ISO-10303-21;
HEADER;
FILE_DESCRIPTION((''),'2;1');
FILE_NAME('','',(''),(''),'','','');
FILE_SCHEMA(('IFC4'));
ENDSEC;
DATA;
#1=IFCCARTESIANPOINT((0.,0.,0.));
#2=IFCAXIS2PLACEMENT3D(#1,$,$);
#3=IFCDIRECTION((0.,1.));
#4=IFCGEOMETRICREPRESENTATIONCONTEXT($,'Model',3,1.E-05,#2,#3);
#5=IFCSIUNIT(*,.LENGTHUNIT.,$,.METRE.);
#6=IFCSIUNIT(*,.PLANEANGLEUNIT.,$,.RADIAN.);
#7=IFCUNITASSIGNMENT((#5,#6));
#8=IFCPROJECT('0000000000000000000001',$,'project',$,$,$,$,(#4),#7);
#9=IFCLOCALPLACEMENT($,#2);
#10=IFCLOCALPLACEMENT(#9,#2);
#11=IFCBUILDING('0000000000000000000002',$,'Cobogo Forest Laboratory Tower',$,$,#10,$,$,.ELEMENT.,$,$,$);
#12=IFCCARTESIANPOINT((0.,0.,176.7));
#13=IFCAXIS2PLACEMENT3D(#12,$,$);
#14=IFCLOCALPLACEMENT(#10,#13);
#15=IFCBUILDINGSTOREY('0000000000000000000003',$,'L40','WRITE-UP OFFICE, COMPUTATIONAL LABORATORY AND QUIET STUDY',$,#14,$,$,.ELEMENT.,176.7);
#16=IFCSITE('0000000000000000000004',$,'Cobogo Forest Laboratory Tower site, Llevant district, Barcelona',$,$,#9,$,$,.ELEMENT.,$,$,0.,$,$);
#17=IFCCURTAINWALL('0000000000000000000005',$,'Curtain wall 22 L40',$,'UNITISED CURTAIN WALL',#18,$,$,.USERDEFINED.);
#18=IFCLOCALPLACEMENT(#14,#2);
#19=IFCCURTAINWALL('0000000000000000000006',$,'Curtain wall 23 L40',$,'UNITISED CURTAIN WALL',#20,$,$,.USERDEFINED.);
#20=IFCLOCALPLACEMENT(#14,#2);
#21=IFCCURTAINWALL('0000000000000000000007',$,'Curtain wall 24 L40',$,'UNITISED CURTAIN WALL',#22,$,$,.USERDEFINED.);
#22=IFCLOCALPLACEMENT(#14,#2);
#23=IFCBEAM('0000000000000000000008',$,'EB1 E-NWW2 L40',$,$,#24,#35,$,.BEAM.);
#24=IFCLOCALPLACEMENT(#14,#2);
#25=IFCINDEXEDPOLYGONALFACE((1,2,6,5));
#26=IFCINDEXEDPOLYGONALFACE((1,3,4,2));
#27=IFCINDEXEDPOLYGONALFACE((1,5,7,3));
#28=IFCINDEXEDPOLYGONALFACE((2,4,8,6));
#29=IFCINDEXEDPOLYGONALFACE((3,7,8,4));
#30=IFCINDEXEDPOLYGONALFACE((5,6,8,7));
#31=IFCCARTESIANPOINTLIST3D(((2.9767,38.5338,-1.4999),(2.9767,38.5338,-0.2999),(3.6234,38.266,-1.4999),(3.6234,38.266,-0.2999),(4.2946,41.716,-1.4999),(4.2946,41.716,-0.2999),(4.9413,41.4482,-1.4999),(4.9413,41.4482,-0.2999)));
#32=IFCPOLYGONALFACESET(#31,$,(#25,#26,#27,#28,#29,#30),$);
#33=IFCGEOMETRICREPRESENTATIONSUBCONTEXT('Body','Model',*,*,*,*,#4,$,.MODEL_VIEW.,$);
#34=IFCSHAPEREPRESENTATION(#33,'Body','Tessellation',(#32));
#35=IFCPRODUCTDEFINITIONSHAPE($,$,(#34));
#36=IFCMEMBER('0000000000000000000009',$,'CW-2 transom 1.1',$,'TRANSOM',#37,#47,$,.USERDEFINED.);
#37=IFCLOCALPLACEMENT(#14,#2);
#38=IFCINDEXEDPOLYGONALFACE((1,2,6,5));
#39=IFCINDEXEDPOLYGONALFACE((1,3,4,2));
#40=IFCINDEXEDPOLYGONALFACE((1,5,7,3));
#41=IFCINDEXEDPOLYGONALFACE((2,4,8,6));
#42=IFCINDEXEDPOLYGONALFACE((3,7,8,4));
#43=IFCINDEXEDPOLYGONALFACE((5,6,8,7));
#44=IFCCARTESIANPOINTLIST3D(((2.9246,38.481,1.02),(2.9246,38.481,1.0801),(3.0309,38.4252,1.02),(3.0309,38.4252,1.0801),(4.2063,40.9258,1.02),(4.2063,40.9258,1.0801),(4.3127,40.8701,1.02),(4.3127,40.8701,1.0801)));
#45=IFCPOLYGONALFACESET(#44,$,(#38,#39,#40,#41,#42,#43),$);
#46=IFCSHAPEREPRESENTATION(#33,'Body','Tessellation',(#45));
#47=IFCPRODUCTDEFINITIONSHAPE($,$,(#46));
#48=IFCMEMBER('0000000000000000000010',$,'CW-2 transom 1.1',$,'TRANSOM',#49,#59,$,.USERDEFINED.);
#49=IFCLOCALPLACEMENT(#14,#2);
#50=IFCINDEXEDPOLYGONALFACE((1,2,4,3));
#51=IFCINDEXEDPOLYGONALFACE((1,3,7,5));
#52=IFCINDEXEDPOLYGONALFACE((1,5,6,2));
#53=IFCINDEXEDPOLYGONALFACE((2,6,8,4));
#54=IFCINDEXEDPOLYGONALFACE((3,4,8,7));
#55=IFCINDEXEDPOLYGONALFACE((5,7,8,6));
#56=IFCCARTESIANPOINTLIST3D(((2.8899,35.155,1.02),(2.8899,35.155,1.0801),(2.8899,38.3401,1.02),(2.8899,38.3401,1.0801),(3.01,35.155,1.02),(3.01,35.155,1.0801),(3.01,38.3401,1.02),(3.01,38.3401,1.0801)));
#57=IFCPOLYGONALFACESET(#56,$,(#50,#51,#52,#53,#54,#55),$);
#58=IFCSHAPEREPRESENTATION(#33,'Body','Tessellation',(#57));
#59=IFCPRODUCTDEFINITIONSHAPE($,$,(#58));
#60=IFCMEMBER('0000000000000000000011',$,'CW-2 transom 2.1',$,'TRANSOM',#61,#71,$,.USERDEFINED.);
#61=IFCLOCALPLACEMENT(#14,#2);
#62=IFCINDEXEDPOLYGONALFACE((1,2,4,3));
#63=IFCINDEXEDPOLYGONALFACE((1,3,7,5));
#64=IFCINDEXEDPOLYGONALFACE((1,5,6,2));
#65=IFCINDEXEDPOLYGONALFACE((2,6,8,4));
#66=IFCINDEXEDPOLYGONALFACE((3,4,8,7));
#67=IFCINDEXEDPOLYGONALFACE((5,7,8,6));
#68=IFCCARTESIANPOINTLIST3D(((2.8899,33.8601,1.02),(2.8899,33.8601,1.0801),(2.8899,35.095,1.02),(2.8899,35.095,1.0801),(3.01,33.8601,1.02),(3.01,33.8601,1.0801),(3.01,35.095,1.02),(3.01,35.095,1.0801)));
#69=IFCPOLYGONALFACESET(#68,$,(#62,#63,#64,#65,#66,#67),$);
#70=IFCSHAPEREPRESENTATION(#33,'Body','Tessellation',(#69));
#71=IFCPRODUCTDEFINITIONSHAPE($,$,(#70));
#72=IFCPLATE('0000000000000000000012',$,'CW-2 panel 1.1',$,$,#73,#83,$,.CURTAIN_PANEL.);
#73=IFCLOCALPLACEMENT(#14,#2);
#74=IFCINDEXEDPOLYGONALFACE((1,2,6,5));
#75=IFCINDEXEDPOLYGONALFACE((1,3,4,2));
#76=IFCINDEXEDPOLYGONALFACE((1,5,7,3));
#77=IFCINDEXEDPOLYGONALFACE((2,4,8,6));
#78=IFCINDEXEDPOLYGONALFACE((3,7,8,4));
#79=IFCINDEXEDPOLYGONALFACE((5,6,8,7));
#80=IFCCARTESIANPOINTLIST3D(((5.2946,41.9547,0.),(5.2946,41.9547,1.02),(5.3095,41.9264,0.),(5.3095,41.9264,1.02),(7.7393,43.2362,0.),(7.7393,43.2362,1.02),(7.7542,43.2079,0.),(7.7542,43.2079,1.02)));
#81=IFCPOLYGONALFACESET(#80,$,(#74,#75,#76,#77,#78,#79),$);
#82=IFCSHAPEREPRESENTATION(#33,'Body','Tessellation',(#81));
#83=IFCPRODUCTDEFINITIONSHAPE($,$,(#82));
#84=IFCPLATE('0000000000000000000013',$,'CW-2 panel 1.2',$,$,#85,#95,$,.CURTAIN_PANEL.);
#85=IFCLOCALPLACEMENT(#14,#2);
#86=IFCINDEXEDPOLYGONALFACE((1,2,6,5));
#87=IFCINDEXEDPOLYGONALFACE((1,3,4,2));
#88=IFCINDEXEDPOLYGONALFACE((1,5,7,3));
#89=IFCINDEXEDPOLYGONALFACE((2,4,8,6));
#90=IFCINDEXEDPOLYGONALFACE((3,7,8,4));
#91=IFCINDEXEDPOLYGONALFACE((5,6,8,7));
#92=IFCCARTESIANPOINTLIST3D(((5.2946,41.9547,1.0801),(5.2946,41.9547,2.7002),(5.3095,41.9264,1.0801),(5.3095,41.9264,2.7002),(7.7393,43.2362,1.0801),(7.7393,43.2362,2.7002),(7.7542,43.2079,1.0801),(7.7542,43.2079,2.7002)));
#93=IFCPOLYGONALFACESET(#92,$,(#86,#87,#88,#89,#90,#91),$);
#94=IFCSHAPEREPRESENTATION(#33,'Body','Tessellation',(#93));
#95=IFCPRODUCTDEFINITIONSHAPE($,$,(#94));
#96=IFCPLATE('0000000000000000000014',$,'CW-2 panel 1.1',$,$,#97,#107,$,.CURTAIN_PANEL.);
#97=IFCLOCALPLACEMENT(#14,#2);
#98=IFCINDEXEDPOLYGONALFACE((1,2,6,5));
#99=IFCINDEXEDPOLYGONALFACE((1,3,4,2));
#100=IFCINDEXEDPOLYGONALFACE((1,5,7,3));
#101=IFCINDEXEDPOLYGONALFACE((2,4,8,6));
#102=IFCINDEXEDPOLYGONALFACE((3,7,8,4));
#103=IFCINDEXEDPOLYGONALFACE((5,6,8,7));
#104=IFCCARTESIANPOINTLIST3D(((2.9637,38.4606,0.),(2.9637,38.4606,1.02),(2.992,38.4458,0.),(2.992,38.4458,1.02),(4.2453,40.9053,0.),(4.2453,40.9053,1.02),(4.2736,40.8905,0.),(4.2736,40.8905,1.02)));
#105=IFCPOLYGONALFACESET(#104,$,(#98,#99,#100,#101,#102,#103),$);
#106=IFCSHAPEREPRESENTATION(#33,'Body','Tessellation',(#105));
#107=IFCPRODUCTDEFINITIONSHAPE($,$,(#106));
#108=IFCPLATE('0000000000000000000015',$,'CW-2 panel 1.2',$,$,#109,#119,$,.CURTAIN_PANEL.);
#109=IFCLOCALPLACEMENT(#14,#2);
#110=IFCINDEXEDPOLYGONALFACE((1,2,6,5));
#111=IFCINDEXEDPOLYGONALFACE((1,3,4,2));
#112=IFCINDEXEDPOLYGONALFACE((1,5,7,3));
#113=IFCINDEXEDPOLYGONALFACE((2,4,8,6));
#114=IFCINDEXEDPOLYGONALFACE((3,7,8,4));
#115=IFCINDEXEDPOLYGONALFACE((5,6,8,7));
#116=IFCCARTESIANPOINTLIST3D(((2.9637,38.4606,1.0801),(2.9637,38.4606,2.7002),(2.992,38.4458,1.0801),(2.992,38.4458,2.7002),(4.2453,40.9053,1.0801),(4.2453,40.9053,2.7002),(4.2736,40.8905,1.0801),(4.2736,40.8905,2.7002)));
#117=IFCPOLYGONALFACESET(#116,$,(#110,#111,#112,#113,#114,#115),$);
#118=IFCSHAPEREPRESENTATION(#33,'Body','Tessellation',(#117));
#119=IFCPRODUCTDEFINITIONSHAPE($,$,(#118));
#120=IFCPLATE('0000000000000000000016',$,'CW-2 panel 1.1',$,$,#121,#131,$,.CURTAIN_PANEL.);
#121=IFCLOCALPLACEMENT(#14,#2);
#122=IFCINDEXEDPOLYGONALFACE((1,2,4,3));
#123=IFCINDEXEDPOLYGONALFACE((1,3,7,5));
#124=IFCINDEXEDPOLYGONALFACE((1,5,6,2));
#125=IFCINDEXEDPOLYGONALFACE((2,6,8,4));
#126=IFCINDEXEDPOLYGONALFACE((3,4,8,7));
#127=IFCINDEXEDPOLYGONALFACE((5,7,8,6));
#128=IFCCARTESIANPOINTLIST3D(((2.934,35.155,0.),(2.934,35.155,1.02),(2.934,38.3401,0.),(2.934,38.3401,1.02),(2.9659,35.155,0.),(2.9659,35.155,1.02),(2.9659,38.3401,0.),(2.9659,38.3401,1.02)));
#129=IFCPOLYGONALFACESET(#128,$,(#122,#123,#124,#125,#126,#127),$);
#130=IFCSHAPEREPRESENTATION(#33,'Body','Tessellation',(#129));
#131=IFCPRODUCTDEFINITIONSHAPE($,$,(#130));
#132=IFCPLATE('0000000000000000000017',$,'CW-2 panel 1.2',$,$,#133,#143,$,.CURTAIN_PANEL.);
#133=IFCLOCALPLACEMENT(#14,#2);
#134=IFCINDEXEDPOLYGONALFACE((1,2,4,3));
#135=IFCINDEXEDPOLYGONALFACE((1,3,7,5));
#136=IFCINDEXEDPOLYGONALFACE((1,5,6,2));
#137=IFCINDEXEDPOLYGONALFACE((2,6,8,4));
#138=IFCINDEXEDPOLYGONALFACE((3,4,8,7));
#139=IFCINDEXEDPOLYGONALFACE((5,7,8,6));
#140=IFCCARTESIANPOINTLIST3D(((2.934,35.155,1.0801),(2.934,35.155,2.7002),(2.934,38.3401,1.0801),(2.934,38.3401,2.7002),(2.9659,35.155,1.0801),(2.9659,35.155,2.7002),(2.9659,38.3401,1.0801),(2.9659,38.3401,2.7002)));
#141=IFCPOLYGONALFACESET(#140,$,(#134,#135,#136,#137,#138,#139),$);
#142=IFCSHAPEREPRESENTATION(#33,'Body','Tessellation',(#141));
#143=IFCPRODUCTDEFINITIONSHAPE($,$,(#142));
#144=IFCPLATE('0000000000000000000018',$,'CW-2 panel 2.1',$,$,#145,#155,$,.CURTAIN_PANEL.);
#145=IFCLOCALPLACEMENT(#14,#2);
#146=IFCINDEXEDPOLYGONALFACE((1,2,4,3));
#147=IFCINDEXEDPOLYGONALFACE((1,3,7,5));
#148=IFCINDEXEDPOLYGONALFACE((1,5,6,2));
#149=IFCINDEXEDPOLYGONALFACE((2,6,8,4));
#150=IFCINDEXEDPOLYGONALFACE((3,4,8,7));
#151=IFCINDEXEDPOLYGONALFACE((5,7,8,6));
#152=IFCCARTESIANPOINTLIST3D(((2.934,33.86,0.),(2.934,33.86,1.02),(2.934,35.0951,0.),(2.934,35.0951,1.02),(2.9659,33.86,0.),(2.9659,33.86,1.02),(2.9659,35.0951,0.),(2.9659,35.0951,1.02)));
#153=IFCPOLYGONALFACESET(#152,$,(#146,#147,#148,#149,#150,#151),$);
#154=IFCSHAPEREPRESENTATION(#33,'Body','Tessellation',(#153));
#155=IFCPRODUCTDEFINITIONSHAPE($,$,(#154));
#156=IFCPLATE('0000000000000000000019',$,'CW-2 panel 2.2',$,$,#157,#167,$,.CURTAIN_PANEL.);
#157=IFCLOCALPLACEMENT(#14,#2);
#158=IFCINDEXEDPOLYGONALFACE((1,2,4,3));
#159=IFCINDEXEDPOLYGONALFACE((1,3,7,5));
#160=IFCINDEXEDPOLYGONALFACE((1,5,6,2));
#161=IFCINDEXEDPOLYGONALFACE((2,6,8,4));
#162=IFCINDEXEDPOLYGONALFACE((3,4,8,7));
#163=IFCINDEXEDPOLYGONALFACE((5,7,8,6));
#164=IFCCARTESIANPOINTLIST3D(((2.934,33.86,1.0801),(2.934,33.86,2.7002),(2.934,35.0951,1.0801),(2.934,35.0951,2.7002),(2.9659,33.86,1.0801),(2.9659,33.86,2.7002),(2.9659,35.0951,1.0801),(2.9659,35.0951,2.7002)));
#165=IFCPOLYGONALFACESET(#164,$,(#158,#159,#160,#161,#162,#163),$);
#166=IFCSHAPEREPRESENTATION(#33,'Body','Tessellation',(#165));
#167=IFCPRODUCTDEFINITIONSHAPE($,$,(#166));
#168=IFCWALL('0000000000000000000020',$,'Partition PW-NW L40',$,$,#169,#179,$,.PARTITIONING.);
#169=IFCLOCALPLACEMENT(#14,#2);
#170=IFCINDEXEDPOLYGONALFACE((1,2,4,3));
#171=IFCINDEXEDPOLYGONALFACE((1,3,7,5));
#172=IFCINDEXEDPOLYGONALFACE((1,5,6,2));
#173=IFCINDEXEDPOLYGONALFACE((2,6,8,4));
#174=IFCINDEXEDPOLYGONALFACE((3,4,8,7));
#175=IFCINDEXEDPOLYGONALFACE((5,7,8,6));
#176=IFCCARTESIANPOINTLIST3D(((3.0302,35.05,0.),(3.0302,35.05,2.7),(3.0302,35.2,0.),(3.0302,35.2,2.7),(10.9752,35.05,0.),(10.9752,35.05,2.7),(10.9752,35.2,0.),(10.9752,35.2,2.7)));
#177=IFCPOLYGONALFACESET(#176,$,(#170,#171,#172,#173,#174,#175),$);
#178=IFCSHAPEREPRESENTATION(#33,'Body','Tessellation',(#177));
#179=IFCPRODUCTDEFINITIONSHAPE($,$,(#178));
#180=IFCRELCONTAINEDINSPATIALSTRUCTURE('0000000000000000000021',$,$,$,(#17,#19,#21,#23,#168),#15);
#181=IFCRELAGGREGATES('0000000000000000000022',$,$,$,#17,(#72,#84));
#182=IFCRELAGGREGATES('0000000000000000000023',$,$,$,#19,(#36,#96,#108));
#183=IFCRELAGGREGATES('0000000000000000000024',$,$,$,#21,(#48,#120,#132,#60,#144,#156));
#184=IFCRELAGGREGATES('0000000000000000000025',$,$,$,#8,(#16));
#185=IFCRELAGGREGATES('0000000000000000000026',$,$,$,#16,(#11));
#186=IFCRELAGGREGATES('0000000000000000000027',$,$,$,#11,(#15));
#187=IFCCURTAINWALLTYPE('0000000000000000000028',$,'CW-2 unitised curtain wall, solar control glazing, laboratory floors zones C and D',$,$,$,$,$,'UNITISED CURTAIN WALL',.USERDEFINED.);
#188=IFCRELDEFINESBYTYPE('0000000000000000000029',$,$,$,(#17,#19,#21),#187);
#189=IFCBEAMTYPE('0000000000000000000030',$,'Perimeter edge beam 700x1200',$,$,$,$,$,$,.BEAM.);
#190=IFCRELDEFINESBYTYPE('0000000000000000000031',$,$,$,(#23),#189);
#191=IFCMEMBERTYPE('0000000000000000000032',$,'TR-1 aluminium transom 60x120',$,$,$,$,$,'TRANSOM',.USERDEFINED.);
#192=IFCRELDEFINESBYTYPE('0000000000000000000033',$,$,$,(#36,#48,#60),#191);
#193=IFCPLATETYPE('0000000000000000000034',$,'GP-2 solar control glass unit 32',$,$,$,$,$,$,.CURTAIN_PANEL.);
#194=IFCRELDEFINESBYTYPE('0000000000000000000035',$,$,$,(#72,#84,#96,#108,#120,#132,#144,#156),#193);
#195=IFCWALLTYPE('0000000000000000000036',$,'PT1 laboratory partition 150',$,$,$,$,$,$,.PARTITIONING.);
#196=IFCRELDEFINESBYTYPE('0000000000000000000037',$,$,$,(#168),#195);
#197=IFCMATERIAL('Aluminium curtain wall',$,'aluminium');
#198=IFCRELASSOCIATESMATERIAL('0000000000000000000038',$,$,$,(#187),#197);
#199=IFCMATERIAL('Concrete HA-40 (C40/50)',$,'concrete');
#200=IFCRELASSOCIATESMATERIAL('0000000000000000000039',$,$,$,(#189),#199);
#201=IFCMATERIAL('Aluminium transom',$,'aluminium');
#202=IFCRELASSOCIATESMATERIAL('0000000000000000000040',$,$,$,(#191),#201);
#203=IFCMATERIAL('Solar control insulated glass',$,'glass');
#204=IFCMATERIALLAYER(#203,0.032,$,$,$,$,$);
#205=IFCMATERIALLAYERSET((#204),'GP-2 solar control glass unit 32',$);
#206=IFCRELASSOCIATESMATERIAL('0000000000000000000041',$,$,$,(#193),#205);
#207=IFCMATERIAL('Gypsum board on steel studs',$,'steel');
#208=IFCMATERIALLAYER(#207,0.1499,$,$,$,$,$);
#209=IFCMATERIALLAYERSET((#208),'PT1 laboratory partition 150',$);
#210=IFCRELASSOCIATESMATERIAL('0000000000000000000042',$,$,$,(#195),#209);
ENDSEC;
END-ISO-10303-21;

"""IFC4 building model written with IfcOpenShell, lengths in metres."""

from ifc_helpers import new_model, si_unit, direction, frame, frame_2d, origin, origin_2d, place, context, subcontext, project, spatial, rectangle, extrude, material, layer, layer_set, material_profile, profile_set, type_object, element, aggregate, save


model = new_model("IFC4")

# Units and contexts
model_context = context("Model", 3, precision=1e-05, world=origin(), true_north=direction((0.0, 1.0)))
body_context = subcontext(model_context, "Body", "Model", "MODEL_VIEW")
ifc_project = project(units=[si_unit("LENGTHUNIT", "METRE"), si_unit("PLANEANGLEUNIT", "RADIAN")], contexts=[model_context])

# Site, building, storey
site_placement = place(None, origin())
site = spatial("IfcSite", under=ifc_project, at=site_placement, Name="Cobogo Forest Laboratory Tower site, Llevant district, Barcelona", CompositionType="ELEMENT", RefElevation=0.0)
building_placement = place(site_placement, origin())
building = spatial("IfcBuilding", under=site, at=building_placement, Name="Cobogo Forest Laboratory Tower", CompositionType="ELEMENT")
storey_placement = place(building_placement, frame((0.0, 0.0, 176.7)))
storey = spatial("IfcBuildingStorey", under=building, at=storey_placement, Name="L40", Description="WRITE-UP OFFICE, COMPUTATIONAL LABORATORY AND QUIET STUDY", CompositionType="ELEMENT", Elevation=176.7)

# Shared definitions
ifc_material_1 = material(Name="Concrete HA-40 (C40/50)", Category="concrete")

# Curtain wall
ifc_material_2 = material(Name="Aluminium curtain wall", Category="aluminium")
curtain_wall_type = type_object("IfcCurtainWallType", Name="CW-2 unitised curtain wall, solar control glazing, laboratory floors zones C and D", ElementType="UNITISED CURTAIN WALL", PredefinedType="USERDEFINED", material=ifc_material_2)
curtain_wall_1_placement = place(storey_placement, origin())
curtain_wall_1 = element("IfcCurtainWall", 1, at=curtain_wall_1_placement, inside=storey, type_object=curtain_wall_type, Name="Curtain wall 22 L40", ObjectType="UNITISED CURTAIN WALL", PredefinedType="USERDEFINED")

# Curtain walls
curtain_wall_2_placement = place(storey_placement, origin())
curtain_wall_2 = element("IfcCurtainWall", 2, at=curtain_wall_2_placement, inside=storey, type_object=curtain_wall_type, Name="Curtain wall 23 L40", ObjectType="UNITISED CURTAIN WALL", PredefinedType="USERDEFINED")
curtain_wall_3_placement = place(storey_placement, origin())
curtain_wall_3 = element("IfcCurtainWall", 3, at=curtain_wall_3_placement, inside=storey, type_object=curtain_wall_type, Name="Curtain wall 24 L40", ObjectType="UNITISED CURTAIN WALL", PredefinedType="USERDEFINED")

# Beam
ifc_material_profile_1 = material_profile(ifc_material_1, rectangle(XDim=0.7, YDim=1.2, at=origin_2d()), Name="RC 700x1200")
ifc_profile_set_1 = profile_set([ifc_material_profile_1], Name="Concrete HA-40 (C40/50)")
beam_type_1 = type_object("IfcBeamType", Name="Perimeter edge beam 700x1200", PredefinedType="BEAM", material=ifc_profile_set_1)
beam_1_placement = place(storey_placement, frame((3.3, 38.3999, -0.8999), z_axis=(0.382631, 0.923901, 0.0), x_axis=(-0.923901, 0.382631, 0.0)))
element("IfcBeam", 4, at=beam_1_placement, inside=storey, type_object=beam_type_1, Name="EB1 E-NWW2 L40", PredefinedType="BEAM", context=body_context, shape_type="SweptSolid", body=[
    extrude(rectangle(XDim=0.7, YDim=1.2, at=origin_2d()), origin(), (0.0, 0.0, 1.0), 3.4443),
])

# Members
ifc_material_3 = material(Name="Aluminium transom", Category="aluminium")
ifc_material_profile_2 = material_profile(ifc_material_3, rectangle(XDim=0.1201, YDim=0.0601, at=origin_2d()), Name="AL 60x120")
ifc_profile_set_2 = profile_set([ifc_material_profile_2], Name="Aluminium transom")
member_type_1 = type_object("IfcMemberType", Name="TR-1 aluminium transom 60x120", ElementType="TRANSOM", PredefinedType="USERDEFINED", material=ifc_profile_set_2)
member_1_placement = place(storey_placement, frame((4.2595, 40.8979, 1.05), z_axis=(-0.464324, -0.885665, 0.0), x_axis=(0.885665, -0.464324, 0.0)))
member_1 = element("IfcMember", 5, at=member_1_placement, type_object=member_type_1, Name="CW-2 transom 1.1", ObjectType="TRANSOM", PredefinedType="USERDEFINED", context=body_context, shape_type="SweptSolid", body=[
    extrude(rectangle(XDim=0.1201, YDim=0.0601, at=origin_2d()), origin(), (0.0, 0.0, 1.0), 2.7605),
])
member_2_placement = place(storey_placement, frame((2.95, 38.3401, 1.05), z_axis=(0.0, -1.0, 0.0), x_axis=(1.0, 0.0, 0.0)))
member_2 = element("IfcMember", 6, at=member_2_placement, type_object=member_type_1, Name="CW-2 transom 1.1", ObjectType="TRANSOM", PredefinedType="USERDEFINED", context=body_context, shape_type="SweptSolid", body=[
    extrude(rectangle(XDim=0.1201, YDim=0.0601, at=origin_2d()), origin(), (0.0, 0.0, 1.0), 3.1851),
])
member_3_placement = place(storey_placement, frame((2.95, 35.095, 1.05), z_axis=(0.0, -1.0, 0.0), x_axis=(1.0, 0.0, 0.0)))
member_3 = element("IfcMember", 7, at=member_3_placement, type_object=member_type_1, Name="CW-2 transom 2.1", ObjectType="TRANSOM", PredefinedType="USERDEFINED", context=body_context, shape_type="SweptSolid", body=[
    extrude(rectangle(XDim=0.1201, YDim=0.0601, at=origin_2d()), origin(), (0.0, 0.0, 1.0), 1.2349),
])

# Plates
ifc_material_4 = material(Name="Solar control insulated glass", Category="glass")
ifc_layer_1 = layer(ifc_material_4, 0.032)
ifc_layer_set_1 = layer_set([ifc_layer_1], Name="GP-2 solar control glass unit 32")
plate_type = type_object("IfcPlateType", Name="GP-2 solar control glass unit 32", PredefinedType="CURTAIN_PANEL", material=ifc_layer_set_1)
plate_1_placement = place(storey_placement, frame((6.5244, 42.5813, 0.0), z_axis=(0.0, 0.0, 1.0), x_axis=(-0.885686, -0.464284, 0.0)))
plate_1 = element("IfcPlate", 8, at=plate_1_placement, type_object=plate_type, Name="CW-2 panel 1.1", PredefinedType="CURTAIN_PANEL", context=body_context, shape_type="SweptSolid", body=[
    extrude(rectangle(XDim=2.7603, YDim=0.032, at=origin_2d()), origin(), (0.0, 0.0, 1.0), 1.02),
])
plate_2_placement = place(storey_placement, frame((6.5244, 42.5813, 1.0801), z_axis=(0.0, 0.0, 1.0), x_axis=(-0.885686, -0.464284, 0.0)))
plate_2 = element("IfcPlate", 9, at=plate_2_placement, type_object=plate_type, Name="CW-2 panel 1.2", PredefinedType="CURTAIN_PANEL", context=body_context, shape_type="SweptSolid", body=[
    extrude(rectangle(XDim=2.7603, YDim=0.032, at=origin_2d()), origin(), (0.0, 0.0, 1.0), 1.6201),
])
aggregate(curtain_wall_1, [plate_1, plate_2])
plate_3_placement = place(storey_placement, frame((3.6187, 39.6755, 0.0), z_axis=(0.0, 0.0, 1.0), x_axis=(-0.464284, -0.885686, 0.0)))
plate_3 = element("IfcPlate", 10, at=plate_3_placement, type_object=plate_type, Name="CW-2 panel 1.1", PredefinedType="CURTAIN_PANEL", context=body_context, shape_type="SweptSolid", body=[
    extrude(rectangle(XDim=2.7603, YDim=0.032, at=origin_2d()), origin(), (0.0, 0.0, 1.0), 1.02),
])
plate_4_placement = place(storey_placement, frame((3.6187, 39.6755, 1.0801), z_axis=(0.0, 0.0, 1.0), x_axis=(-0.464284, -0.885686, 0.0)))
plate_4 = element("IfcPlate", 11, at=plate_4_placement, type_object=plate_type, Name="CW-2 panel 1.2", PredefinedType="CURTAIN_PANEL", context=body_context, shape_type="SweptSolid", body=[
    extrude(rectangle(XDim=2.7603, YDim=0.032, at=origin_2d()), origin(), (0.0, 0.0, 1.0), 1.6201),
])
aggregate(curtain_wall_2, [member_1, plate_3, plate_4])
plate_5_placement = place(storey_placement, frame((2.95, 36.7476, 0.0), z_axis=(0.0, 0.0, 1.0), x_axis=(0.0, -1.0, 0.0)))
plate_5 = element("IfcPlate", 12, at=plate_5_placement, type_object=plate_type, Name="CW-2 panel 1.1", PredefinedType="CURTAIN_PANEL", context=body_context, shape_type="SweptSolid", body=[
    extrude(rectangle(XDim=3.1851, YDim=0.032, at=origin_2d()), origin(), (0.0, 0.0, 1.0), 1.02),
])
plate_6_placement = place(storey_placement, frame((2.95, 36.7476, 1.0801), z_axis=(0.0, 0.0, 1.0), x_axis=(0.0, -1.0, 0.0)))
plate_6 = element("IfcPlate", 13, at=plate_6_placement, type_object=plate_type, Name="CW-2 panel 1.2", PredefinedType="CURTAIN_PANEL", context=body_context, shape_type="SweptSolid", body=[
    extrude(rectangle(XDim=3.1851, YDim=0.032, at=origin_2d()), origin(), (0.0, 0.0, 1.0), 1.6201),
])
plate_7_placement = place(storey_placement, frame((2.95, 34.4775, 0.0), z_axis=(0.0, 0.0, 1.0), x_axis=(0.0, -1.0, 0.0)))
plate_7 = element("IfcPlate", 14, at=plate_7_placement, type_object=plate_type, Name="CW-2 panel 2.1", PredefinedType="CURTAIN_PANEL", context=body_context, shape_type="SweptSolid", body=[
    extrude(rectangle(XDim=1.2351, YDim=0.032, at=origin_2d()), origin(), (0.0, 0.0, 1.0), 1.02),
])
plate_8_placement = place(storey_placement, frame((2.95, 34.4775, 1.0801), z_axis=(0.0, 0.0, 1.0), x_axis=(0.0, -1.0, 0.0)))
plate_8 = element("IfcPlate", 15, at=plate_8_placement, type_object=plate_type, Name="CW-2 panel 2.2", PredefinedType="CURTAIN_PANEL", context=body_context, shape_type="SweptSolid", body=[
    extrude(rectangle(XDim=1.2351, YDim=0.032, at=origin_2d()), origin(), (0.0, 0.0, 1.0), 1.6201),
])
aggregate(curtain_wall_3, [member_2, plate_5, plate_6, member_3, plate_7, plate_8])

# Wall
ifc_material_5 = material(Name="Gypsum board on steel studs", Category="steel")
ifc_layer_2 = layer(ifc_material_5, 0.1499)
ifc_layer_set_2 = layer_set([ifc_layer_2], Name="PT1 laboratory partition 150")
wall_type = type_object("IfcWallType", Name="PT1 laboratory partition 150", PredefinedType="PARTITIONING", material=ifc_layer_set_2)
wall_placement = place(storey_placement, frame((3.03, 35.125, 0.0), z_axis=(0.0, 0.0, 1.0), x_axis=(1.0, 0.0, 0.0)))
element("IfcWall", 16, at=wall_placement, inside=storey, type_object=wall_type, Name="Partition PW-NW L40", PredefinedType="PARTITIONING", context=body_context, shape_type="SweptSolid", body=[
    extrude(rectangle(XDim=7.9451, YDim=0.1499, at=frame_2d((3.9727, 0.0))), origin(), (0.0, 0.0, 1.0), 2.7),
])

save(model, "model.ifc")
